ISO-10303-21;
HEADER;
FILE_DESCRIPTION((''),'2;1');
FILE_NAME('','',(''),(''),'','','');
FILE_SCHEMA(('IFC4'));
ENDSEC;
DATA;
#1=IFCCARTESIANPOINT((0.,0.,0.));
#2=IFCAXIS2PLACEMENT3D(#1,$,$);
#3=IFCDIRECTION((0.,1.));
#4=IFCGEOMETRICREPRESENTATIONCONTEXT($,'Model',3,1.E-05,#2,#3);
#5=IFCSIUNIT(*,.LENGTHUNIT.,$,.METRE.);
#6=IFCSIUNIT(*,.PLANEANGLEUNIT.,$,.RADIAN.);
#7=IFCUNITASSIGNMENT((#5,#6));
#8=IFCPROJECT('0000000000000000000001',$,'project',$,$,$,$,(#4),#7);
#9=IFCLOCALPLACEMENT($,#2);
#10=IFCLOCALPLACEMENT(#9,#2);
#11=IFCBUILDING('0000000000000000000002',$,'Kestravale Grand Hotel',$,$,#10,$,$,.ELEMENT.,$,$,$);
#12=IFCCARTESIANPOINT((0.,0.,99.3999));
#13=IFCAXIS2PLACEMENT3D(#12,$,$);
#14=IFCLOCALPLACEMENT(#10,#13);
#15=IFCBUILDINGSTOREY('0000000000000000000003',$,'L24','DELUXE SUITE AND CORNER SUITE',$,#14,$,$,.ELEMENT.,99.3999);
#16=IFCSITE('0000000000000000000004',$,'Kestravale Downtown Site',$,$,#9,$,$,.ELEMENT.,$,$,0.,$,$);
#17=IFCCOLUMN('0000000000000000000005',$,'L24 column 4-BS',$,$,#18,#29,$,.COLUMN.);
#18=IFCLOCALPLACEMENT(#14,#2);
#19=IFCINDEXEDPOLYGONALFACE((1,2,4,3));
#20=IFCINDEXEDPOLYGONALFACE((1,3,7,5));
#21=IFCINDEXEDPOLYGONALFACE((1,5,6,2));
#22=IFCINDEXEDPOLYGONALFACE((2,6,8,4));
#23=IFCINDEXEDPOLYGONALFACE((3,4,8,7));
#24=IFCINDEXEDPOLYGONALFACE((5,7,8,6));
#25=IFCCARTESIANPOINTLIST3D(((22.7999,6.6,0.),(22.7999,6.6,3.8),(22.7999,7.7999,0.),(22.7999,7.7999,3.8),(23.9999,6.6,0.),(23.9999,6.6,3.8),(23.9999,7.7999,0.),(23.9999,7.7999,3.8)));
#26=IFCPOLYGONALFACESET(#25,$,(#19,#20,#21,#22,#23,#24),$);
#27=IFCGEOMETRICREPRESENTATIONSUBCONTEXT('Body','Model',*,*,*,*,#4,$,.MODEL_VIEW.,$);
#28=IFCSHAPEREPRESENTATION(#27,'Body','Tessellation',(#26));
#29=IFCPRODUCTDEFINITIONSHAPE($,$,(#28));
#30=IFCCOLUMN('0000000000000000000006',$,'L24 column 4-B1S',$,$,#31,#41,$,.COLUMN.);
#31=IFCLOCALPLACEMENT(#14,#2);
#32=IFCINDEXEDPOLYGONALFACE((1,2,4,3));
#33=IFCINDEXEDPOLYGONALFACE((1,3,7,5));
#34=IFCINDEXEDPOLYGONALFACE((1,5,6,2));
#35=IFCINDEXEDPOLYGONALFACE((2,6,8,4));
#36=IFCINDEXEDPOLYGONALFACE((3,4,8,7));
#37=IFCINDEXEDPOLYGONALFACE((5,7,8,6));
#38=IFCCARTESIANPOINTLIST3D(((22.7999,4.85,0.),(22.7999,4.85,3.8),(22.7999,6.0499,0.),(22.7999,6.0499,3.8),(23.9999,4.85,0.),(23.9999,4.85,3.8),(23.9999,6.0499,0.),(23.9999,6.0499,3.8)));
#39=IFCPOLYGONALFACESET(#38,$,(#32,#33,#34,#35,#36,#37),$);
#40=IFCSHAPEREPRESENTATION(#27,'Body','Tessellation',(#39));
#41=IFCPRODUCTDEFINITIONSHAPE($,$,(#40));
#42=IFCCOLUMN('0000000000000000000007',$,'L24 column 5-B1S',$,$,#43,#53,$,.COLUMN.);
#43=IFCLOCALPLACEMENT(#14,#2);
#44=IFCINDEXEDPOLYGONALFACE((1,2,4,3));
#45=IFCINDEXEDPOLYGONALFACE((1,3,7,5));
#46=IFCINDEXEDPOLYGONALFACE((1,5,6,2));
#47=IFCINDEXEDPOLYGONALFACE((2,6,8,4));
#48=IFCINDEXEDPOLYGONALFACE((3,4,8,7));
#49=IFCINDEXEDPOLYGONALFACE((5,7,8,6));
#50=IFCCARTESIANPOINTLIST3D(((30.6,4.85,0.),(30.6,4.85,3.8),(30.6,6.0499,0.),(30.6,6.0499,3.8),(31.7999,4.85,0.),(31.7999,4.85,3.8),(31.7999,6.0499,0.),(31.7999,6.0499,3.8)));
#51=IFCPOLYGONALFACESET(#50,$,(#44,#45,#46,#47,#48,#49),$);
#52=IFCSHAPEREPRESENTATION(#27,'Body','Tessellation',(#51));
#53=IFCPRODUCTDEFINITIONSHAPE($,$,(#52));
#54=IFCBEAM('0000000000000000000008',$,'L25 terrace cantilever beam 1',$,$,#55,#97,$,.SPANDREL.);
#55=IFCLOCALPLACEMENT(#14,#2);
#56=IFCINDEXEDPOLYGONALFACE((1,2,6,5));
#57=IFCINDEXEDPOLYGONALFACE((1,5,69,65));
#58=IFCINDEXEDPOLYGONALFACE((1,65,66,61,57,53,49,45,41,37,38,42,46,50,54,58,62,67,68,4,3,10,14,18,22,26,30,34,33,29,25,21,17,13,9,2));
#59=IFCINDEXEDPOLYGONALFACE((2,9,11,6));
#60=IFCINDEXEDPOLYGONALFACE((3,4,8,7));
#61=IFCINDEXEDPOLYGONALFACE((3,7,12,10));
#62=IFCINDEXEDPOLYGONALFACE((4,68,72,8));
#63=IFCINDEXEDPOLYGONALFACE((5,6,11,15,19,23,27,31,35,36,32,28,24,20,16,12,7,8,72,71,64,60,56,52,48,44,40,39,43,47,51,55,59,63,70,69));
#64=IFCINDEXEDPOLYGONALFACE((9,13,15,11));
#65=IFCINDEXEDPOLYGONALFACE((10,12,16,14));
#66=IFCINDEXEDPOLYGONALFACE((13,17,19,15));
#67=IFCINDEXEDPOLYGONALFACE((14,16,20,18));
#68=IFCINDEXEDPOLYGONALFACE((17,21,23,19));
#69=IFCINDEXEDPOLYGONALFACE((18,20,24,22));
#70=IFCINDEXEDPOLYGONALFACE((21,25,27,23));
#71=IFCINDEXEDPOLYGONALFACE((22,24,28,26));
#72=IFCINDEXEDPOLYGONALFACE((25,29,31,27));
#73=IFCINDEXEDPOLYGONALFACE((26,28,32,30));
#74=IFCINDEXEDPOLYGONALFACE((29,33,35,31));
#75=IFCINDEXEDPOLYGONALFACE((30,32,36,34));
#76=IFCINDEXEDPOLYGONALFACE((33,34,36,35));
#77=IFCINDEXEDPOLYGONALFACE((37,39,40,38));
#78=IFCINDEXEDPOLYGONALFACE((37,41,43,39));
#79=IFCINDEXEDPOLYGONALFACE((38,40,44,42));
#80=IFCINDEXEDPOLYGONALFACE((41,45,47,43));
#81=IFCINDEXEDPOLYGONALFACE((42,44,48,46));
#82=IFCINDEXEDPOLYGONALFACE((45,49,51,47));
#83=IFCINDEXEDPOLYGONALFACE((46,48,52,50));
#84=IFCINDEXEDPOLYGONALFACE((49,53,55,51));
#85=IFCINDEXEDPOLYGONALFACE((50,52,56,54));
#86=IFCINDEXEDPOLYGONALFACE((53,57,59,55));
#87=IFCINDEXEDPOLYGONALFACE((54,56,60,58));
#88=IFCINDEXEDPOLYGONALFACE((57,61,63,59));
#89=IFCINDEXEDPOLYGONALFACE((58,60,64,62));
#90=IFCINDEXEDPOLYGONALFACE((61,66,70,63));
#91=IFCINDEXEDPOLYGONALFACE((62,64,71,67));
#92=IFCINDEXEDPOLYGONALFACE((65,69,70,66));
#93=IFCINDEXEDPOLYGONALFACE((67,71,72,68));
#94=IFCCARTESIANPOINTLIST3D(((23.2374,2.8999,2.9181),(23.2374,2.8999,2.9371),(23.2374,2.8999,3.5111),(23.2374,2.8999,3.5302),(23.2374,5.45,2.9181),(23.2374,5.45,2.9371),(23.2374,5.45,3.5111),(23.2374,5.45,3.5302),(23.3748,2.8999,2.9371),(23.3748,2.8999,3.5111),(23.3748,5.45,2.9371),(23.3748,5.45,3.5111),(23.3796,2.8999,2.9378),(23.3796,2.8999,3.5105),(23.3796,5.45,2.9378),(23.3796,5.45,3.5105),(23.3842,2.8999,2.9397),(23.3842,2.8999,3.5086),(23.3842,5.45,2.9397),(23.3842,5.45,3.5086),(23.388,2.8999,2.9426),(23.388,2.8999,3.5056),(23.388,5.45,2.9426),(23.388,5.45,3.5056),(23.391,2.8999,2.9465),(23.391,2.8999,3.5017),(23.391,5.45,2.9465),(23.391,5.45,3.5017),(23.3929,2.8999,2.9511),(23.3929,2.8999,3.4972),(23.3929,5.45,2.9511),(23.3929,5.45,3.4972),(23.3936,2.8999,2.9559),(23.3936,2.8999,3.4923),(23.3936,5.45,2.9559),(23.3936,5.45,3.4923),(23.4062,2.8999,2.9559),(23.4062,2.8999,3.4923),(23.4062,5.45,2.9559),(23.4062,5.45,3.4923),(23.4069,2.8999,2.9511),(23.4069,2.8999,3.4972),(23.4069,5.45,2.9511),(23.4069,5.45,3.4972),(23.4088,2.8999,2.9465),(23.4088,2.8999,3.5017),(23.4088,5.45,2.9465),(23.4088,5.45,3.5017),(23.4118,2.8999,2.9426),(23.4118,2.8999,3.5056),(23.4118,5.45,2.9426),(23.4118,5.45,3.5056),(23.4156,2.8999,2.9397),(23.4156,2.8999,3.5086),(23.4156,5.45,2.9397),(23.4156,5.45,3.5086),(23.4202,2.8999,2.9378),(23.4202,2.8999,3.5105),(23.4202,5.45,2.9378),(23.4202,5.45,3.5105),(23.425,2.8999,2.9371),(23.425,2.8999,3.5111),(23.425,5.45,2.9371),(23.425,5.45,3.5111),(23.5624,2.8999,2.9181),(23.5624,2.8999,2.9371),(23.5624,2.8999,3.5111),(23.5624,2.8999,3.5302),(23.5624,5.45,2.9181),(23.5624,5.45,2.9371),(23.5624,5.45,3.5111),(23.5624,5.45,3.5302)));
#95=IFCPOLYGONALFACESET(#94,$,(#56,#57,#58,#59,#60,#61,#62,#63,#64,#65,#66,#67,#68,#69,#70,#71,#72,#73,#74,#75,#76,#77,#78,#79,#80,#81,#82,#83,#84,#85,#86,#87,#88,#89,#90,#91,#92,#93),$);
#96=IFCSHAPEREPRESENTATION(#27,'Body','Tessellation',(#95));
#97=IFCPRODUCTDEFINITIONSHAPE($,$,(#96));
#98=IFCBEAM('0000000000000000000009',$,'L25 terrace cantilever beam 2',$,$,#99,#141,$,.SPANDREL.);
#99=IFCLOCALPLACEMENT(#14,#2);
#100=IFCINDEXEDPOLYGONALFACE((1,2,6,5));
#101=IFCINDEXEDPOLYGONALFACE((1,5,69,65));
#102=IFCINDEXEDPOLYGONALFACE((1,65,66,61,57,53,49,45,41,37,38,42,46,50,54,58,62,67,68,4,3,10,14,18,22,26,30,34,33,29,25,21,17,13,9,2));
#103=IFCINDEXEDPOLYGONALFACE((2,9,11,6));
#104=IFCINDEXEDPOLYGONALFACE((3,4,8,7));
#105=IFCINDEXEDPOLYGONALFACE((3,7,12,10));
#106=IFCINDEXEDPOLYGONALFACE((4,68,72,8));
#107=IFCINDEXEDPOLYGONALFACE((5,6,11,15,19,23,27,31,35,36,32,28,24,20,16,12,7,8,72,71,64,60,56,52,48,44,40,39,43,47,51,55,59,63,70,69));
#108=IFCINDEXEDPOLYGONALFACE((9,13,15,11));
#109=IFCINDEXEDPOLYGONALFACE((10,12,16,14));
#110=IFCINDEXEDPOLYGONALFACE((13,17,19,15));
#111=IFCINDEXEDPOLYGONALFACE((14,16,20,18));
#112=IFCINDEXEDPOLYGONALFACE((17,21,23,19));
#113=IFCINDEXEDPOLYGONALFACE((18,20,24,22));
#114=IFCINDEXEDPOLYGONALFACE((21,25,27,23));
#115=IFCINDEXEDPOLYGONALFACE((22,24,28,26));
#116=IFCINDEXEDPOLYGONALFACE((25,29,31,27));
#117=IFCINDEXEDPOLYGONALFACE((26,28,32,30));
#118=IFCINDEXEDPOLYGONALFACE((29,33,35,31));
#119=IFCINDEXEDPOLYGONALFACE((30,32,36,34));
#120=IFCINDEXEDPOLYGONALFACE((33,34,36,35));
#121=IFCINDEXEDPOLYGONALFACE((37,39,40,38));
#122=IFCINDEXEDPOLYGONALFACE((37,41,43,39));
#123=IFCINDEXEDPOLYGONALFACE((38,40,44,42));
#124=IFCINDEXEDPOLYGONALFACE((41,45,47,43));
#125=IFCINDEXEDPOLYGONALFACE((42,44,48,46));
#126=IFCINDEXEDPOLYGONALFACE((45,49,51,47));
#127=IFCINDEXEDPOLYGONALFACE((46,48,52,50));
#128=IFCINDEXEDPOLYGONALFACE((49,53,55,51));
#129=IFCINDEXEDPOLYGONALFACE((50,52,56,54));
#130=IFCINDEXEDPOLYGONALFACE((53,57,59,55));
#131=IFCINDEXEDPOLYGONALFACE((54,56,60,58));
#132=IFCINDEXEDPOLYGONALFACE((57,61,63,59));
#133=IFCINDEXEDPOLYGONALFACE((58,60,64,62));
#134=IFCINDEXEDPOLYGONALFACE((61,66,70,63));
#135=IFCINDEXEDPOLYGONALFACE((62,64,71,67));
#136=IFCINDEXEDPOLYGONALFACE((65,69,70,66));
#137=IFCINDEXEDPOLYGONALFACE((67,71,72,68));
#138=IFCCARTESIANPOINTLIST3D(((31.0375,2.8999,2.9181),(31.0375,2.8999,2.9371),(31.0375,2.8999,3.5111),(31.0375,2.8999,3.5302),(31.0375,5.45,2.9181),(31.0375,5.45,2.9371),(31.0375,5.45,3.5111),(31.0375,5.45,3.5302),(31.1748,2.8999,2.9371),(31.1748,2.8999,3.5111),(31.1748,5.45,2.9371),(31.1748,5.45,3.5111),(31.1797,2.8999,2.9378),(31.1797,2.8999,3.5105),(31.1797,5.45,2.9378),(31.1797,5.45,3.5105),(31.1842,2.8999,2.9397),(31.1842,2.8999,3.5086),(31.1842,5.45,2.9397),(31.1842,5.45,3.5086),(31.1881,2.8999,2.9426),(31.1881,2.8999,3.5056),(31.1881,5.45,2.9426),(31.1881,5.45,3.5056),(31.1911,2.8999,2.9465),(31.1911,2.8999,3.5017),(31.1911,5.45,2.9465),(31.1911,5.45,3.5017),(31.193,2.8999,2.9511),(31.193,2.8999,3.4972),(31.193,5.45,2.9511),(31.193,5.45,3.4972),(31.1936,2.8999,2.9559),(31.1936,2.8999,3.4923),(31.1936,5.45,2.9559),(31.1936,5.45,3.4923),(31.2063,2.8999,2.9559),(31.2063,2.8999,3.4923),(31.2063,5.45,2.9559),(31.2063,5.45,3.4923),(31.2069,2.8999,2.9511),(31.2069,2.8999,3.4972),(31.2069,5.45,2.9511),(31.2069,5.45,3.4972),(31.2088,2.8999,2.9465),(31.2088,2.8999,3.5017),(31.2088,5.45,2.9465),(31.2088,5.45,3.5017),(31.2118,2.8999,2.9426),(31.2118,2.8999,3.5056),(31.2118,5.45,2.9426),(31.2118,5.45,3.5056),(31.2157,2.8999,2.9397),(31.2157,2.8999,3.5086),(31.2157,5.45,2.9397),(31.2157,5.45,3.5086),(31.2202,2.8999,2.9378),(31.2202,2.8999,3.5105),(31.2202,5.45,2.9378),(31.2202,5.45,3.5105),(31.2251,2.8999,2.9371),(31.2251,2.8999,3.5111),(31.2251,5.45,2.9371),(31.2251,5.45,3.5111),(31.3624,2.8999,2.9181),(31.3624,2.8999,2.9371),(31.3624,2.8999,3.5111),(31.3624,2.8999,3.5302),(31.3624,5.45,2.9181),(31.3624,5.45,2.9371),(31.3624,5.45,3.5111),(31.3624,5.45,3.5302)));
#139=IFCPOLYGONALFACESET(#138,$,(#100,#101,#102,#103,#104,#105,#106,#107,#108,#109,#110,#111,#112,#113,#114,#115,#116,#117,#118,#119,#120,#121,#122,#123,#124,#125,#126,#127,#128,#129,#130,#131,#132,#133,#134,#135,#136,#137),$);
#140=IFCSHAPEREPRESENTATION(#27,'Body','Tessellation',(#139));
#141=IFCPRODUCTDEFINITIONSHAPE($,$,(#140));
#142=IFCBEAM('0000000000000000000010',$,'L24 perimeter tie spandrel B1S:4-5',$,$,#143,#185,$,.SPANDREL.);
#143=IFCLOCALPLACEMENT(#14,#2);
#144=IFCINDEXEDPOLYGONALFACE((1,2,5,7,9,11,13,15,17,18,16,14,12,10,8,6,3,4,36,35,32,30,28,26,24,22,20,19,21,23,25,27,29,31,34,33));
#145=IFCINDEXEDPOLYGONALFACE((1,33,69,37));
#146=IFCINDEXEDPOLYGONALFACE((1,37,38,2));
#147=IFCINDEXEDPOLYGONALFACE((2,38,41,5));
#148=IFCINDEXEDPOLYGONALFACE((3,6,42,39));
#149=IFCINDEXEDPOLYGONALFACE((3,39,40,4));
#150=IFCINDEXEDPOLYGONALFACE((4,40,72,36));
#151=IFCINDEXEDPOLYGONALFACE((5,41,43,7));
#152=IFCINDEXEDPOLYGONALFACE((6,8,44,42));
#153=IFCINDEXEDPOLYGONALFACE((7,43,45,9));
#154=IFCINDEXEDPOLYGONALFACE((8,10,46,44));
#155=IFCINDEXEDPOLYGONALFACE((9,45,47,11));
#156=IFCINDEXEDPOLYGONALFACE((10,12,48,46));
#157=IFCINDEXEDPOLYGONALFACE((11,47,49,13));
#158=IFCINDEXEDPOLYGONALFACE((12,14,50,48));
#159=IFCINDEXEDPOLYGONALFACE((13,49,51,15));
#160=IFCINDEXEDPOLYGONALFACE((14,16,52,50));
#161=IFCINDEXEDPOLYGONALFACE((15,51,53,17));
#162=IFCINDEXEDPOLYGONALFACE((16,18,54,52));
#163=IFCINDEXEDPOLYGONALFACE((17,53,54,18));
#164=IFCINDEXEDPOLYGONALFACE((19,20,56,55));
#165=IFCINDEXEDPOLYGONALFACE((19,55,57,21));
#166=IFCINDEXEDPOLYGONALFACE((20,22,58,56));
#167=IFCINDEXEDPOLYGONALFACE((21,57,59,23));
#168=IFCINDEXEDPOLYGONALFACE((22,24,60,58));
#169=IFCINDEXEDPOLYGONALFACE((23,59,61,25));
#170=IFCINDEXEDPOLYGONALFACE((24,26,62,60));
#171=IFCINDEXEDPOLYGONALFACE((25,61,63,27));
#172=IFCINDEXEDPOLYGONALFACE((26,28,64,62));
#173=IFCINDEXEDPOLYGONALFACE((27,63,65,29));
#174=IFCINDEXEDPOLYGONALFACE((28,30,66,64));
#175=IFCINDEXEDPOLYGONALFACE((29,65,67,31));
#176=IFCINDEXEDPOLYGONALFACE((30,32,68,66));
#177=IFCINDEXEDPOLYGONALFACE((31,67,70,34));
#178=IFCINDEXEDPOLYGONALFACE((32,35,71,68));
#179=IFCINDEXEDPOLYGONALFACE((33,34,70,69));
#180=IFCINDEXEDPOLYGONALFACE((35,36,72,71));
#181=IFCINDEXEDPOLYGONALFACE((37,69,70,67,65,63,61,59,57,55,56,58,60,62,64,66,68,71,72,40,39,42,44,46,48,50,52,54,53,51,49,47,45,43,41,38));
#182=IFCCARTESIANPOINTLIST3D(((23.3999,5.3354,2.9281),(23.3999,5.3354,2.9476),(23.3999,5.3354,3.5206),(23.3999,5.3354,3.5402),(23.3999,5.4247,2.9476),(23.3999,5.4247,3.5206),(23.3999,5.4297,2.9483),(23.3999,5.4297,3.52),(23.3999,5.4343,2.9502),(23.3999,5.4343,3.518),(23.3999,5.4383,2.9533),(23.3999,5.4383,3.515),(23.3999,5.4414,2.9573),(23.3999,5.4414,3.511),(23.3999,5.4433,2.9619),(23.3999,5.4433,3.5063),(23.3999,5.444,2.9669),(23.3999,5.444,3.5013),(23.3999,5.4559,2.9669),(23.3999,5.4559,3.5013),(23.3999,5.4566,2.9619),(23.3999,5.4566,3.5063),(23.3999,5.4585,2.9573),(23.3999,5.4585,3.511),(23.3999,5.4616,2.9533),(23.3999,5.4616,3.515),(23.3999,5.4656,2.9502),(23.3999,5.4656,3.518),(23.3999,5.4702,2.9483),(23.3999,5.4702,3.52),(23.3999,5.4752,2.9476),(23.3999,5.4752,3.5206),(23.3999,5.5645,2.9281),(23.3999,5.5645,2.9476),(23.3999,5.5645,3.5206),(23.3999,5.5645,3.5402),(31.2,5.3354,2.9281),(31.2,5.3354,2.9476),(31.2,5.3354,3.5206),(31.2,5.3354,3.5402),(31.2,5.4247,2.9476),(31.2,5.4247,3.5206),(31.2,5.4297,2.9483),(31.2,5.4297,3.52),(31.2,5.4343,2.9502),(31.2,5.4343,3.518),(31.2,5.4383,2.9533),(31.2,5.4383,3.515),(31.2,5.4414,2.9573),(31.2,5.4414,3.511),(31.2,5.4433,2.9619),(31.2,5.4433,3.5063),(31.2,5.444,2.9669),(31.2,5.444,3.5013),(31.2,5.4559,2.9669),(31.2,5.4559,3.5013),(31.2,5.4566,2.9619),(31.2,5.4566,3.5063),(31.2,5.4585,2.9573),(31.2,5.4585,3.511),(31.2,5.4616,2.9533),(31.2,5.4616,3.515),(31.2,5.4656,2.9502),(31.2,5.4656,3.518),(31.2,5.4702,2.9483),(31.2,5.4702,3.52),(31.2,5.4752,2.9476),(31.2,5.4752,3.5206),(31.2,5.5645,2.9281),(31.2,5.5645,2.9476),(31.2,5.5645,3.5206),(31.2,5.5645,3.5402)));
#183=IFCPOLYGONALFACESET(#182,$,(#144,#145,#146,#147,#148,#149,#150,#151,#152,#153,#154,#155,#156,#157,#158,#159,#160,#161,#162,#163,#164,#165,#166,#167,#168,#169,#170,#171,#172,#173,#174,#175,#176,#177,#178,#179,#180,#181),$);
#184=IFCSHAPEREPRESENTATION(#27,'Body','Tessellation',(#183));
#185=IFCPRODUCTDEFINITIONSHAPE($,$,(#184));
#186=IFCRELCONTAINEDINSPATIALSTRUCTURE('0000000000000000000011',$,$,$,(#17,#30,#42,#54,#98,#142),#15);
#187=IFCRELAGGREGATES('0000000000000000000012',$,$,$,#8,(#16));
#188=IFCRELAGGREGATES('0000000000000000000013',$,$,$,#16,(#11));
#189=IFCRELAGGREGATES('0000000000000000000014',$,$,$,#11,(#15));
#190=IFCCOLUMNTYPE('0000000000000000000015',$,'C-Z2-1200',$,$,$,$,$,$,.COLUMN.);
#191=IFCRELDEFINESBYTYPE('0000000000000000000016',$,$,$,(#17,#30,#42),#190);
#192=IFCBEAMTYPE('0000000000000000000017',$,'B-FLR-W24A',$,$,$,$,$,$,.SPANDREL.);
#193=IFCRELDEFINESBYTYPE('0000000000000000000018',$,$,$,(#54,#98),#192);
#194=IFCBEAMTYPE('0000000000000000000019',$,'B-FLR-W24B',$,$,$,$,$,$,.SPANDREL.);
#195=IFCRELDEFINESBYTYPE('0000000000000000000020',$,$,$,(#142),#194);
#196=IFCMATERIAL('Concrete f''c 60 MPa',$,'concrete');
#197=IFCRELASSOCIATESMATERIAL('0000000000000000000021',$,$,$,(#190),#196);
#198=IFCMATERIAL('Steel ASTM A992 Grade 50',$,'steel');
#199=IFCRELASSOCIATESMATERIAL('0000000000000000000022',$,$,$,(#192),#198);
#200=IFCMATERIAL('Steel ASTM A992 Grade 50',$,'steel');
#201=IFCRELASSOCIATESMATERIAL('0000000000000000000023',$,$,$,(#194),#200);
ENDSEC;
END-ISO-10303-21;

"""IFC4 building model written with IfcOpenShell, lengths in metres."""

from ifc_helpers import new_model, si_unit, direction, frame, origin, origin_2d, place, context, subcontext, project, spatial, rectangle, i_section, extrude, material, material_profile, profile_set, type_object, element, save


model = new_model("IFC4")

# Units and contexts
model_context = context("Model", 3, precision=1e-05, world=origin(), true_north=direction((0.0, 1.0)))
body_context = subcontext(model_context, "Body", "Model", "MODEL_VIEW")
ifc_project = project(units=[si_unit("LENGTHUNIT", "METRE"), si_unit("PLANEANGLEUNIT", "RADIAN")], contexts=[model_context])

# Site, building, storey
site_placement = place(None, origin())
site = spatial("IfcSite", under=ifc_project, at=site_placement, Name="Kestravale Downtown Site", CompositionType="ELEMENT", RefElevation=0.0)
building_placement = place(site_placement, origin())
building = spatial("IfcBuilding", under=site, at=building_placement, Name="Kestravale Grand Hotel", CompositionType="ELEMENT")
storey_placement = place(building_placement, frame((0.0, 0.0, 99.3999)))
storey = spatial("IfcBuildingStorey", under=building, at=storey_placement, Name="L24", Description="DELUXE SUITE AND CORNER SUITE", CompositionType="ELEMENT", Elevation=99.3999)

# Columns
ifc_material_1 = material(Name="Concrete f'c 60 MPa", Category="concrete")
ifc_material_profile_1 = material_profile(ifc_material_1, rectangle(XDim=1.2, YDim=1.2, at=origin_2d()))
ifc_profile_set_1 = profile_set([ifc_material_profile_1], Name="Concrete f'c 60 MPa")
column_type = type_object("IfcColumnType", Name="C-Z2-1200", PredefinedType="COLUMN", material=ifc_profile_set_1)
for number, where, z_axis, x_axis, name in (
    (1, (23.3999, 7.2, 0.0), (0.0, 0.0, 1.0), (1.0, 0.0, 0.0), "L24 column 4-BS"),
    (2, (23.3999, 5.45, 0.0), (0.0, 0.0, 1.0), (1.0, 0.0, 0.0), "L24 column 4-B1S"),
    (3, (31.2, 5.45, 0.0), (0.0, 0.0, 1.0), (1.0, 0.0, 0.0), "L24 column 5-B1S"),
):
    element("IfcColumn", number, at=place(storey_placement, frame(where, z_axis=z_axis, x_axis=x_axis)), inside=storey, type_object=column_type, Name=name, PredefinedType="COLUMN", context=body_context, shape_type="SweptSolid", body=[
        extrude(rectangle(XDim=1.2, YDim=1.2, at=origin_2d()), origin(), (0.0, 0.0, 1.0), 3.8),
    ])

# Beams
ifc_material_2 = material(Name="Steel ASTM A992 Grade 50", Category="steel")
ifc_material_profile_2 = material_profile(ifc_material_2, i_section(OverallWidth=0.325, OverallDepth=0.6121, WebThickness=0.0127, FlangeThickness=0.019, FilletRadius=0.0188, at=origin_2d()))
ifc_profile_set_2 = profile_set([ifc_material_profile_2], Name="Steel ASTM A992 Grade 50")
beam_type_1 = type_object("IfcBeamType", Name="B-FLR-W24A", PredefinedType="SPANDREL", material=ifc_profile_set_2)
for number, where, z_axis, x_axis, name in (
    (4, (23.3999, 5.45, 3.2241), (0.0, -1.0, 0.0), (1.0, 0.0, 0.0), "L25 terrace cantilever beam 1"),
    (5, (31.2, 5.45, 3.2241), (0.0, -1.0, 0.0), (1.0, 0.0, 0.0), "L25 terrace cantilever beam 2"),
):
    element("IfcBeam", number, at=place(storey_placement, frame(where, z_axis=z_axis, x_axis=x_axis)), inside=storey, type_object=beam_type_1, Name=name, PredefinedType="SPANDREL", context=body_context, shape_type="SweptSolid", body=[
        extrude(i_section(OverallWidth=0.325, OverallDepth=0.6121, WebThickness=0.0127, FlangeThickness=0.019, FilletRadius=0.0188, at=origin_2d()), origin(), (0.0, 0.0, 1.0), 2.55),
    ])
ifc_material_3 = material(Name="Steel ASTM A992 Grade 50", Category="steel")
ifc_material_profile_3 = material_profile(ifc_material_3, i_section(OverallWidth=0.229, OverallDepth=0.6121, WebThickness=0.012, FlangeThickness=0.0195, FilletRadius=0.0193, at=origin_2d()))
ifc_profile_set_3 = profile_set([ifc_material_profile_3], Name="Steel ASTM A992 Grade 50")
beam_type_2 = type_object("IfcBeamType", Name="B-FLR-W24B", PredefinedType="SPANDREL", material=ifc_profile_set_3)
for number, where, z_axis, x_axis, name in (
    (6, (23.3999, 5.45, 3.2341), (1.0, 0.0, 0.0), (0.0, 1.0, 0.0), "L24 perimeter tie spandrel B1S:4-5"),
):
    element("IfcBeam", number, at=place(storey_placement, frame(where, z_axis=z_axis, x_axis=x_axis)), inside=storey, type_object=beam_type_2, Name=name, PredefinedType="SPANDREL", context=body_context, shape_type="SweptSolid", body=[
        extrude(i_section(OverallWidth=0.229, OverallDepth=0.6121, WebThickness=0.012, FlangeThickness=0.0195, FilletRadius=0.0193, at=origin_2d()), origin(), (0.0, 0.0, 1.0), 7.8),
    ])

save(model, "model.ifc")
